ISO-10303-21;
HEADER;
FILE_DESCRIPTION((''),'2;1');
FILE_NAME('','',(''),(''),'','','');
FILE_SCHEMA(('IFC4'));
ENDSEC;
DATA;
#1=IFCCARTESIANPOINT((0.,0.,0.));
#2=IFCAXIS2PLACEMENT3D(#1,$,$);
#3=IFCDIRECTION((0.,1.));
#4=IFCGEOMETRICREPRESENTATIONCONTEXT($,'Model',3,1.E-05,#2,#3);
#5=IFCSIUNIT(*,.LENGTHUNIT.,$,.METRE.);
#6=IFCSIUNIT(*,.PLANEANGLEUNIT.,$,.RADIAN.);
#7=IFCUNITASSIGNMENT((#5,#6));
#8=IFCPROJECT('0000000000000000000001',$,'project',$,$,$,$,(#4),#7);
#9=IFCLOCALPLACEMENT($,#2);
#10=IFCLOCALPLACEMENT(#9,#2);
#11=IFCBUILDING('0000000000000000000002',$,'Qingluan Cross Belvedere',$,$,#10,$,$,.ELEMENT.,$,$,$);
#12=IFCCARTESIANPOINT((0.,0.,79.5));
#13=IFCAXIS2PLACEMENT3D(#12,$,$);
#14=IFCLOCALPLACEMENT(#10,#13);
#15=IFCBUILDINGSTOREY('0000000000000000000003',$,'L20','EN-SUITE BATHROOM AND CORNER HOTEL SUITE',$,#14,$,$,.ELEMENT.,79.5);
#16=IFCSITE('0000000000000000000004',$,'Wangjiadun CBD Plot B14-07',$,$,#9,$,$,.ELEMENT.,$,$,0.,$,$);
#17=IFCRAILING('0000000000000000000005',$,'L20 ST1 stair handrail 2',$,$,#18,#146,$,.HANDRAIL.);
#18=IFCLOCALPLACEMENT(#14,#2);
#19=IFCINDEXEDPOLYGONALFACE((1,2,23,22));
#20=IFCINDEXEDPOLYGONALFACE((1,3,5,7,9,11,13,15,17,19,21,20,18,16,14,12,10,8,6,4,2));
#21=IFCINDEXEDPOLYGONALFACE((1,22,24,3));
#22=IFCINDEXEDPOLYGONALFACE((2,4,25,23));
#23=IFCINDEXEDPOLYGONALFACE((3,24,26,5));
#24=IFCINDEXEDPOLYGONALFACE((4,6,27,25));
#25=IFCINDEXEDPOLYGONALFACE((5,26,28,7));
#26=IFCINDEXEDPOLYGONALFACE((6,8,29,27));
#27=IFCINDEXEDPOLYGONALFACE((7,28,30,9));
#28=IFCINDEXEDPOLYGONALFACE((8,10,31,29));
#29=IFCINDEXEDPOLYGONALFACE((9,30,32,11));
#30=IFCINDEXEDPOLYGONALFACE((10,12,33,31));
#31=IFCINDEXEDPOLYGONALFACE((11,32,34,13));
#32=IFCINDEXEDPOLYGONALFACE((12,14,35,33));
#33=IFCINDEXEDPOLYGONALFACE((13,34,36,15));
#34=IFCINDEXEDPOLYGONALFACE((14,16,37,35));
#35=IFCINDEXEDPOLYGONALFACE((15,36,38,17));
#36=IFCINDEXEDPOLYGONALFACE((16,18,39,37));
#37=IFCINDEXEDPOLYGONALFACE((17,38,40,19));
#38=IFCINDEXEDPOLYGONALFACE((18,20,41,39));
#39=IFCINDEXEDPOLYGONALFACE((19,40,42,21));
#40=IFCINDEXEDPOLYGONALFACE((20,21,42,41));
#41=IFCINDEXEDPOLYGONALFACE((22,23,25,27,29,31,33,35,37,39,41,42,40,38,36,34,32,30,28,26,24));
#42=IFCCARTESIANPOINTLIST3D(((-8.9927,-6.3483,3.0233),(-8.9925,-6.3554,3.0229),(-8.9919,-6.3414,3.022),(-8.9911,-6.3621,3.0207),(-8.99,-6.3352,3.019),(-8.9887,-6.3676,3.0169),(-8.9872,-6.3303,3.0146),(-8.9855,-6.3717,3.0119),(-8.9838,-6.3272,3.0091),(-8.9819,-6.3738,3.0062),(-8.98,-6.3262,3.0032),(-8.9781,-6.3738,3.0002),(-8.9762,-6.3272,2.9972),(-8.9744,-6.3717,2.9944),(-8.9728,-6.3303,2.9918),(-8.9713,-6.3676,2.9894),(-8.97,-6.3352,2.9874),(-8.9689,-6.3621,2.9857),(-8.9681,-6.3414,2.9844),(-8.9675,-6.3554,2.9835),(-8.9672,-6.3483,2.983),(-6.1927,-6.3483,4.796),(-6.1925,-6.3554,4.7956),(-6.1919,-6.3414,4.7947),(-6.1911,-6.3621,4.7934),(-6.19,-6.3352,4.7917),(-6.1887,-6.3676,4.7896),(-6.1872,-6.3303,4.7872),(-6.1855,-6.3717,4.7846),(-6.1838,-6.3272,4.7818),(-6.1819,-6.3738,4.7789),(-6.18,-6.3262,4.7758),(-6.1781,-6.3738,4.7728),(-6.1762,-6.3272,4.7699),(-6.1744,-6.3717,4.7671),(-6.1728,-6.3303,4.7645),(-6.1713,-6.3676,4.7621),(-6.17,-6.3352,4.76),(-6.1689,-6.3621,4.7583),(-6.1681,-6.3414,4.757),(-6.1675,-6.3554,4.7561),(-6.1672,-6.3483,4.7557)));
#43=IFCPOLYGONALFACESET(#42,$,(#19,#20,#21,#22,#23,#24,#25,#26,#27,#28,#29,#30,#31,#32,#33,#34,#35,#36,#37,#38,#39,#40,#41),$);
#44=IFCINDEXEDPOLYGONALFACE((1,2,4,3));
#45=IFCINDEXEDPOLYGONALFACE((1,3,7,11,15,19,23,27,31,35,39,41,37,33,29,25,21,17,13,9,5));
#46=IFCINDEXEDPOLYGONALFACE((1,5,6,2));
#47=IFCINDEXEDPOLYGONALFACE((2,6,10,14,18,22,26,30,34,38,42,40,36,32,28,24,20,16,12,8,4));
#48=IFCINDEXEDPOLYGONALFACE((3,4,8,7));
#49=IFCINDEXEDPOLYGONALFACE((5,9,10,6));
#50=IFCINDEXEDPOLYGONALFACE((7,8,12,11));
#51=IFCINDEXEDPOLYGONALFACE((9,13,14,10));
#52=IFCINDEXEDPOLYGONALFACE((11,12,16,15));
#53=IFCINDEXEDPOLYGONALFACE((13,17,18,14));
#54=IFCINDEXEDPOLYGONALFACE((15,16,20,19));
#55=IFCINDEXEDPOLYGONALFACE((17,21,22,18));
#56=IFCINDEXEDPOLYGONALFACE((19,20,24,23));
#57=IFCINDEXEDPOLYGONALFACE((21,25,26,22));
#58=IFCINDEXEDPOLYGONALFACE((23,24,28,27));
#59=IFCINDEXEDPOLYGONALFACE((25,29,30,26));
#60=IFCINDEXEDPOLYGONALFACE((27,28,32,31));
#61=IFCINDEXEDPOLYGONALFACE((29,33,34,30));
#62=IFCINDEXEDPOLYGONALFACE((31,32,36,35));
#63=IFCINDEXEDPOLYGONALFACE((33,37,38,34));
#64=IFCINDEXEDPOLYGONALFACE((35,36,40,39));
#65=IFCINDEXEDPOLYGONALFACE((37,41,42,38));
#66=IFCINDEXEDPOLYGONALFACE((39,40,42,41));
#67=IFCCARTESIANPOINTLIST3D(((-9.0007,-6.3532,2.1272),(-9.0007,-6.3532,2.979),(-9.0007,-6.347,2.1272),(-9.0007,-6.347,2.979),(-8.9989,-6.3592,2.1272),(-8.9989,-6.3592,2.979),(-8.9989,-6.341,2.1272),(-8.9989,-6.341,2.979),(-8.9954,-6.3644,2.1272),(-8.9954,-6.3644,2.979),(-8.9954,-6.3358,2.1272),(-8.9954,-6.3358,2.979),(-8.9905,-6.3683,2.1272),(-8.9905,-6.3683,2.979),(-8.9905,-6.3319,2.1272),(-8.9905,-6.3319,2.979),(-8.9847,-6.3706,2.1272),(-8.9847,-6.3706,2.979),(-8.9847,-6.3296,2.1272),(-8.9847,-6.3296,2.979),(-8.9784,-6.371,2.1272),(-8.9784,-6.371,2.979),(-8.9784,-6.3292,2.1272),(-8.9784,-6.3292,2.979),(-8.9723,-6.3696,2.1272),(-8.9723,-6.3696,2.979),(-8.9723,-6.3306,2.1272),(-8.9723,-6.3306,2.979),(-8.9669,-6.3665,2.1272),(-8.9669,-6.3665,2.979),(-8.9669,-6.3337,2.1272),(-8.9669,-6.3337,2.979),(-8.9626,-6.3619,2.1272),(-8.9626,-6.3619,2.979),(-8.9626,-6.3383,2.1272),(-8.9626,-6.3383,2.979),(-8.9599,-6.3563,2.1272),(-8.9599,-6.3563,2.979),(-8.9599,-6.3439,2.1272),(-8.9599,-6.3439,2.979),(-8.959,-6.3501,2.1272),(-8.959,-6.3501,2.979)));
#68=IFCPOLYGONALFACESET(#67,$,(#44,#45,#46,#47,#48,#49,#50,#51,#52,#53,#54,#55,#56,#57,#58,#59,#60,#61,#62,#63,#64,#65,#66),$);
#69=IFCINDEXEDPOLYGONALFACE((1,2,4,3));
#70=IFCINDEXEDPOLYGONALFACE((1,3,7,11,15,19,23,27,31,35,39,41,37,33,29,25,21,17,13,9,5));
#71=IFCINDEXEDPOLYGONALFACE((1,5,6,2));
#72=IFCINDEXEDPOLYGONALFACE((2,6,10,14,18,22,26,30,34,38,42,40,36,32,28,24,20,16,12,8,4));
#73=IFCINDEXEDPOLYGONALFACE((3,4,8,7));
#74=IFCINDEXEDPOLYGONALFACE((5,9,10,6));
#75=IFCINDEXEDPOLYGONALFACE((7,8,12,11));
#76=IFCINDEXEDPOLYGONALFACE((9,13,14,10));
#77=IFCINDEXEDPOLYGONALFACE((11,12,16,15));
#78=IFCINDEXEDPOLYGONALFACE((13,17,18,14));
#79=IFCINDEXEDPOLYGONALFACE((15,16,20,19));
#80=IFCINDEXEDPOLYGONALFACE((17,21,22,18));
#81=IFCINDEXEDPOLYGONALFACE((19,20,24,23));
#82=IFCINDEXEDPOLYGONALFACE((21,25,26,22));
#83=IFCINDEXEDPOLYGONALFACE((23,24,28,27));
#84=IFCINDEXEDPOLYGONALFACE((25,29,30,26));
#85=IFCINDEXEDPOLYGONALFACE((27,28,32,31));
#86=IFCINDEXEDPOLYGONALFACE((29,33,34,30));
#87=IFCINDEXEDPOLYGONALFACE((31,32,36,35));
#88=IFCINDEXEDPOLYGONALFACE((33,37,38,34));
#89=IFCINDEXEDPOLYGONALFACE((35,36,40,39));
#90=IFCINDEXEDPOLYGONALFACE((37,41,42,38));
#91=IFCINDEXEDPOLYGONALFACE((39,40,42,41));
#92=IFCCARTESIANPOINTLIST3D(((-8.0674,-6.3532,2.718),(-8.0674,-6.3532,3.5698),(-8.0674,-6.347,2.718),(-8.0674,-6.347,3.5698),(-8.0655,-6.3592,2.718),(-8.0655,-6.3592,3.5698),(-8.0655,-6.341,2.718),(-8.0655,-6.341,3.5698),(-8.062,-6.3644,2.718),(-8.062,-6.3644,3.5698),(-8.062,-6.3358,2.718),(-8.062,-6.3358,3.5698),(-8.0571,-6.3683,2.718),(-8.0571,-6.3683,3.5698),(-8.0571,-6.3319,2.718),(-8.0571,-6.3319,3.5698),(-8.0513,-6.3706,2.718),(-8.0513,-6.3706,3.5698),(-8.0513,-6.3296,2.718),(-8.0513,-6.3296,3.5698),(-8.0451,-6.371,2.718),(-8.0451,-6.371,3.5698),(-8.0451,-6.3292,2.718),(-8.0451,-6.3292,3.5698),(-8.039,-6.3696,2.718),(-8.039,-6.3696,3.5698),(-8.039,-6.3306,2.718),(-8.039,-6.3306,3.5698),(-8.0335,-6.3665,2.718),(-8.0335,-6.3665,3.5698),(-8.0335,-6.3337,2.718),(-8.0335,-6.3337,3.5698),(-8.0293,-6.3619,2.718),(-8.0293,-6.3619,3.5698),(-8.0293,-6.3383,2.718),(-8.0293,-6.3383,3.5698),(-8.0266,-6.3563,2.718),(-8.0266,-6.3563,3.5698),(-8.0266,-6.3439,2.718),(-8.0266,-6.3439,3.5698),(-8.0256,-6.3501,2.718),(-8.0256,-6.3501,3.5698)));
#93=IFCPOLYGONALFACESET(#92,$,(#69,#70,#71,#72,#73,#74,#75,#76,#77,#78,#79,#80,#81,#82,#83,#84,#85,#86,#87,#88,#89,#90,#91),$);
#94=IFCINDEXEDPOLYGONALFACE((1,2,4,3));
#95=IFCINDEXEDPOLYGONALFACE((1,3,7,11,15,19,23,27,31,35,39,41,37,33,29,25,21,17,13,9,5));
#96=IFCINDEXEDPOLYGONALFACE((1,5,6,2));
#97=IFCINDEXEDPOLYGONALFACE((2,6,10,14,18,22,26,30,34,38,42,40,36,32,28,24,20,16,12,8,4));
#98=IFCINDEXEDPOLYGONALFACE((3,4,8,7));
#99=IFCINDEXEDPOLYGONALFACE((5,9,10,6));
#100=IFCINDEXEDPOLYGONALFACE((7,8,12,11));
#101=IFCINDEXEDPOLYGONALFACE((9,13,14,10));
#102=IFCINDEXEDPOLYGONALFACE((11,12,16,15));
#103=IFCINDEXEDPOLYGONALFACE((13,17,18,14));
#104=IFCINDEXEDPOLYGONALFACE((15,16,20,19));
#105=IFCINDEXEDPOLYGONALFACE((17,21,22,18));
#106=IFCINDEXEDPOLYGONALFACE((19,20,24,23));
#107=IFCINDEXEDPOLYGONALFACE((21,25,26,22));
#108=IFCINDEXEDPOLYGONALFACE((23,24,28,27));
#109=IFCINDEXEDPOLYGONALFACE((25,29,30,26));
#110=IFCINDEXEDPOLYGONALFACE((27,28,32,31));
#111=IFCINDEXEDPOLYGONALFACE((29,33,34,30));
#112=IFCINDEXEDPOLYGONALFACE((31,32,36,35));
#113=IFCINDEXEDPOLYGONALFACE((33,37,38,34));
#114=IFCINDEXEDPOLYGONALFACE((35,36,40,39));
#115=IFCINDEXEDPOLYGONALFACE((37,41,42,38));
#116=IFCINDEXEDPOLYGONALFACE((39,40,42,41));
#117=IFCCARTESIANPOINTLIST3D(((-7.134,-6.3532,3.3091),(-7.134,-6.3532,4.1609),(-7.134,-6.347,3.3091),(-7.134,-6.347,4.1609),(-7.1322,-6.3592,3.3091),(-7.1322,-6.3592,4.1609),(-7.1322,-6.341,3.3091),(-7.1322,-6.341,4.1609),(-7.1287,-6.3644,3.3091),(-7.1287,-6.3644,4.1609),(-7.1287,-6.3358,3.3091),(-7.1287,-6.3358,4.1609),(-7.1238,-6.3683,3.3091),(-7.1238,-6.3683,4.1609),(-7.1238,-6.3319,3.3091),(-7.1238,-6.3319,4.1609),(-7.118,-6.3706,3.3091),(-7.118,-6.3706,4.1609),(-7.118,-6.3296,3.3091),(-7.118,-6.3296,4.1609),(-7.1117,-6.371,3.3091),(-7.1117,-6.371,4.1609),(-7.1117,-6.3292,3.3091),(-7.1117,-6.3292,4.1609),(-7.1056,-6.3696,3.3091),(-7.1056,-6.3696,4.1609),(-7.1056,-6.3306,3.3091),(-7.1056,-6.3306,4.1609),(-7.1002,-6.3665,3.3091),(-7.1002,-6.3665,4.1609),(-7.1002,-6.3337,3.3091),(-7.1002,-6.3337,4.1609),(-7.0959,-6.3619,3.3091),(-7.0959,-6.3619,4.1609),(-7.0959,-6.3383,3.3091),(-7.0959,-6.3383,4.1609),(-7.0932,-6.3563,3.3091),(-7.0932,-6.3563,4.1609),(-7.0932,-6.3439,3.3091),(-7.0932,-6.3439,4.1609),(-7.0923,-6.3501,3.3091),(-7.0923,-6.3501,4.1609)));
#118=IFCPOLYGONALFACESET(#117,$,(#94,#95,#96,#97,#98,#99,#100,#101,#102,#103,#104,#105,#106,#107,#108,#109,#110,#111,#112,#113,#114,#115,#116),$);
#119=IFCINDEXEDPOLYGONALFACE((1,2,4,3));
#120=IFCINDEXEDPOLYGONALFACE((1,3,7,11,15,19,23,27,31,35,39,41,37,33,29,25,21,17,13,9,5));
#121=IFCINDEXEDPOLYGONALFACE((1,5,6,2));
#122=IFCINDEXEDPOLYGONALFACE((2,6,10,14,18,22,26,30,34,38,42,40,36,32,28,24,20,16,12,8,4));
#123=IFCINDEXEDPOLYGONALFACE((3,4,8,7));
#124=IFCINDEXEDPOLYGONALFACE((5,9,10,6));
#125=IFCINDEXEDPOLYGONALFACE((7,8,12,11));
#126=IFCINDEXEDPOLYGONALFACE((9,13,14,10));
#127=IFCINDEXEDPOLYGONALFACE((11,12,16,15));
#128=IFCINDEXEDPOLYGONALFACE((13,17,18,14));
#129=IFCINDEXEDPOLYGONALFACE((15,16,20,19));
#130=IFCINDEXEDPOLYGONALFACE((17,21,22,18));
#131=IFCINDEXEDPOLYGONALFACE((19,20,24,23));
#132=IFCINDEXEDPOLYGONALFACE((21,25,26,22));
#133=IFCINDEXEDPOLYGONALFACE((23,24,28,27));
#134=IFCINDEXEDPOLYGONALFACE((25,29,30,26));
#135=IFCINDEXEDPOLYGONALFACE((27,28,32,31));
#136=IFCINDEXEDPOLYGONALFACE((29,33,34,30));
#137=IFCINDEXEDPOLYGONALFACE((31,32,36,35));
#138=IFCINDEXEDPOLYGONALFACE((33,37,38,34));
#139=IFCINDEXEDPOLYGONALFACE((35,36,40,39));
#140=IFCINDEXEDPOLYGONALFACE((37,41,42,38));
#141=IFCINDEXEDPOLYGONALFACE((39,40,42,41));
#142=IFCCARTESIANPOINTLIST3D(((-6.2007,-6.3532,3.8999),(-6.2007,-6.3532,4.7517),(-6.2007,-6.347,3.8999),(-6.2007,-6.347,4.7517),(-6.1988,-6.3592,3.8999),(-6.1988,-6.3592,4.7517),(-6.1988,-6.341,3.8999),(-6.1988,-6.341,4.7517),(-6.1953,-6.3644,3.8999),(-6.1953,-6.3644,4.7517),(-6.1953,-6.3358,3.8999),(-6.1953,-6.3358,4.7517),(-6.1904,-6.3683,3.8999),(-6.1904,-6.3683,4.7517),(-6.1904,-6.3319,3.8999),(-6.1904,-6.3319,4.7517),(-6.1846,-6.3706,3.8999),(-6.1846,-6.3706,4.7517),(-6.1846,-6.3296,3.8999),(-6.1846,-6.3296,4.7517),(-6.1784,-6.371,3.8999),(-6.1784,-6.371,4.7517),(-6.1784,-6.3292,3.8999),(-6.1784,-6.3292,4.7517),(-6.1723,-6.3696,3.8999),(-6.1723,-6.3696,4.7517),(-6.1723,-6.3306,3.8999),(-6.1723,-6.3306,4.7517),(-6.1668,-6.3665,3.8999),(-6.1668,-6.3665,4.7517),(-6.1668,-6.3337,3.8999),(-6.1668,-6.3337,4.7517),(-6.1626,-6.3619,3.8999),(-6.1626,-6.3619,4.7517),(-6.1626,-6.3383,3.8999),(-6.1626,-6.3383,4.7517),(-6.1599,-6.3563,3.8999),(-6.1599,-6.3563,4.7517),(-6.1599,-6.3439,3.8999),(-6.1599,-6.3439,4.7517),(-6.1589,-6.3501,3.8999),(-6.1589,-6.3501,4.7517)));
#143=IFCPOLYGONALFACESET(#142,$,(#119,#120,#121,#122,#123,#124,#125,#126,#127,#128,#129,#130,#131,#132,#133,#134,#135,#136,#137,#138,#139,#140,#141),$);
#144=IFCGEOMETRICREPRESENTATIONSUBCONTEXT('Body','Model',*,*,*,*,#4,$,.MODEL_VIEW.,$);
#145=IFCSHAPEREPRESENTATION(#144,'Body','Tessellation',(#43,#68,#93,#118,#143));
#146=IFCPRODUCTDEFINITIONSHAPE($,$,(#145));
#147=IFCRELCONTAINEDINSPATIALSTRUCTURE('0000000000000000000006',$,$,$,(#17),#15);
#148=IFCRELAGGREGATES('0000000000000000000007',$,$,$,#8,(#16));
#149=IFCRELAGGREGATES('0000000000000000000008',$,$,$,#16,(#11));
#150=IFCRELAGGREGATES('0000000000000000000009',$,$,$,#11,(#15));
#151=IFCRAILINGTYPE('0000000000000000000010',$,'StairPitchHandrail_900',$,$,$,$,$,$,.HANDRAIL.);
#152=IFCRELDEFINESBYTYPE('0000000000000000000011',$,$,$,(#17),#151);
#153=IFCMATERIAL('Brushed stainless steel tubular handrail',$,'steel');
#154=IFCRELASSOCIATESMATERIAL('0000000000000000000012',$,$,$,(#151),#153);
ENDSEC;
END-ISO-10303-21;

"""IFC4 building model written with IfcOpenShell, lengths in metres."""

from ifc_helpers import new_model, si_unit, direction, frame, origin, origin_2d, place, context, subcontext, project, spatial, circle, extrude, material, type_object, element, save


model = new_model("IFC4")

# Units and contexts
model_context = context("Model", 3, precision=1e-05, world=origin(), true_north=direction((0.0, 1.0)))
body_context = subcontext(model_context, "Body", "Model", "MODEL_VIEW")
ifc_project = project(units=[si_unit("LENGTHUNIT", "METRE"), si_unit("PLANEANGLEUNIT", "RADIAN")], contexts=[model_context])

# Site, building, storey
site_placement = place(None, origin())
site = spatial("IfcSite", under=ifc_project, at=site_placement, Name="Wangjiadun CBD Plot B14-07", CompositionType="ELEMENT", RefElevation=0.0)
building_placement = place(site_placement, origin())
building = spatial("IfcBuilding", under=site, at=building_placement, Name="Qingluan Cross Belvedere", CompositionType="ELEMENT")
storey_placement = place(building_placement, frame((0.0, 0.0, 79.5)))
storey = spatial("IfcBuildingStorey", under=building, at=storey_placement, Name="L20", Description="EN-SUITE BATHROOM AND CORNER HOTEL SUITE", CompositionType="ELEMENT", Elevation=79.5)

# Railing
ifc_material_1 = material(Name="Brushed stainless steel tubular handrail", Category="steel")
railing_type_1 = type_object("IfcRailingType", Name="StairPitchHandrail_900", PredefinedType="HANDRAIL", material=ifc_material_1)
railing_1_placement = place(storey_placement, frame((-8.98, -6.3501, 2.1272)))
element("IfcRailing", 1, at=railing_1_placement, inside=storey, type_object=railing_type_1, Name="L20 ST1 stair handrail 2", PredefinedType="HANDRAIL", context=body_context, shape_type="SweptSolid", body=[
    extrude(circle(Radius=0.0239, at=origin_2d()), frame((0.0, 0.0, 0.876), z_axis=(0.844909, 0.0, 0.53491), x_axis=(0.0, 1.0, 0.0)), (0.0, 0.0, 1.0), 3.314),
    extrude(circle(Radius=0.021, at=origin_2d()), origin(), (0.0, 0.0, 1.0), 0.8518),
    extrude(circle(Radius=0.021, at=origin_2d()), frame((0.9333, 0.0, 0.5908)), (0.0, 0.0, 1.0), 0.8518),
    extrude(circle(Radius=0.021, at=origin_2d()), frame((1.8667, 0.0, 1.1819)), (0.0, 0.0, 1.0), 0.8518),
    extrude(circle(Radius=0.021, at=origin_2d()), frame((2.8, 0.0, 1.7727)), (0.0, 0.0, 1.0), 0.8518),
])

save(model, "model.ifc")
